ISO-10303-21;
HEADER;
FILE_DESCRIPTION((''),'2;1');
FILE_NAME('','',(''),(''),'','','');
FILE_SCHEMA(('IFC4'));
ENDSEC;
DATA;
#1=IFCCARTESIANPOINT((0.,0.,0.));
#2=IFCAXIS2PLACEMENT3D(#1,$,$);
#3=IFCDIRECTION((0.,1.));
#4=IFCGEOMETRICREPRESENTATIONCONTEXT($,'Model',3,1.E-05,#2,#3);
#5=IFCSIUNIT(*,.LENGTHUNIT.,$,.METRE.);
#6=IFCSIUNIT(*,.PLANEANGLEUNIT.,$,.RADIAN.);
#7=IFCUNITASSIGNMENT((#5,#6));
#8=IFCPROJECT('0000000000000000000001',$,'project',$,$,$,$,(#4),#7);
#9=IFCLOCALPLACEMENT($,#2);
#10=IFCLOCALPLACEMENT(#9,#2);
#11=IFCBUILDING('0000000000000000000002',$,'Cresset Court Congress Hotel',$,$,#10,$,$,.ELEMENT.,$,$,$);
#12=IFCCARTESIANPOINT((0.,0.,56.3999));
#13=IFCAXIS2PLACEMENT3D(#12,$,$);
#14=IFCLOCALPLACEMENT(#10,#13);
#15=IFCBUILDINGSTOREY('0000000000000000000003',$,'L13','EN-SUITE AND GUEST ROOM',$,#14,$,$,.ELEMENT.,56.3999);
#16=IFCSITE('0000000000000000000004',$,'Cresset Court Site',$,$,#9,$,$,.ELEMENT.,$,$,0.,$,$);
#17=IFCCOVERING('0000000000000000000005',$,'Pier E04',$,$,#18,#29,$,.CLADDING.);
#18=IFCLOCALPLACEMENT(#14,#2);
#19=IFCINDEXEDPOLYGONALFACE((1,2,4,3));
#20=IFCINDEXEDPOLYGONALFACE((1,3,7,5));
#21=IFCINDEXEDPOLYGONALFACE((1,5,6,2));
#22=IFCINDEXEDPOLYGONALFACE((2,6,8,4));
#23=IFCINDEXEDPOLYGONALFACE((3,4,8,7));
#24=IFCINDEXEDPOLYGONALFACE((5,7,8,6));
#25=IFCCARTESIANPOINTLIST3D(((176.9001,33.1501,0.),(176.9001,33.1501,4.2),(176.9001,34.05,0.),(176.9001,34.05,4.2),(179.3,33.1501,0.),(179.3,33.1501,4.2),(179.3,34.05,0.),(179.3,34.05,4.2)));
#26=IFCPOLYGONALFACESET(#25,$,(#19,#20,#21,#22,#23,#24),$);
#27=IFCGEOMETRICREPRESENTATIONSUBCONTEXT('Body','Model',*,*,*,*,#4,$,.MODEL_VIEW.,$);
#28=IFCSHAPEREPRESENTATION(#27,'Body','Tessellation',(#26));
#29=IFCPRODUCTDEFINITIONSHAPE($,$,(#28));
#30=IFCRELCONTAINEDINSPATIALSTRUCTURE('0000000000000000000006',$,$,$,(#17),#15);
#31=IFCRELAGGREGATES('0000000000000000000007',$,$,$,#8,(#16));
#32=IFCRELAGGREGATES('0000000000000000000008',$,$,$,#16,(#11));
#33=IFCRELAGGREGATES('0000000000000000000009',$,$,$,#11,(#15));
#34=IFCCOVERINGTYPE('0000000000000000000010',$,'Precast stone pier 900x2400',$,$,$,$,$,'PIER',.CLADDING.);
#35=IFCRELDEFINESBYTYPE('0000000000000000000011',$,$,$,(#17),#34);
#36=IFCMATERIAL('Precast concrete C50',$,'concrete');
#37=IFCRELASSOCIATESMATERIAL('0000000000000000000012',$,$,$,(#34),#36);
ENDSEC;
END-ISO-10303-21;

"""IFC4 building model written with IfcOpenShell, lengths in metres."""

from ifc_helpers import new_model, si_unit, direction, frame, origin, origin_2d, place, context, subcontext, project, spatial, rectangle, extrude, material, type_object, element, save


model = new_model("IFC4")

# Units and contexts
model_context = context("Model", 3, precision=1e-05, world=origin(), true_north=direction((0.0, 1.0)))
body_context = subcontext(model_context, "Body", "Model", "MODEL_VIEW")
ifc_project = project(units=[si_unit("LENGTHUNIT", "METRE"), si_unit("PLANEANGLEUNIT", "RADIAN")], contexts=[model_context])

# Site, building, storey
site_placement = place(None, origin())
site = spatial("IfcSite", under=ifc_project, at=site_placement, Name="Cresset Court Site", CompositionType="ELEMENT", RefElevation=0.0)
building_placement = place(site_placement, origin())
building = spatial("IfcBuilding", under=site, at=building_placement, Name="Cresset Court Congress Hotel", CompositionType="ELEMENT")
storey_placement = place(building_placement, frame((0.0, 0.0, 56.3999)))
storey = spatial("IfcBuildingStorey", under=building, at=storey_placement, Name="L13", Description="EN-SUITE AND GUEST ROOM", CompositionType="ELEMENT", Elevation=56.3999)

# Covering
ifc_material_1 = material(Name="Precast concrete C50", Category="concrete")
covering_type_1 = type_object("IfcCoveringType", Name="Precast stone pier 900x2400", ElementType="PIER", PredefinedType="CLADDING", material=ifc_material_1)
for number, where, z_axis, x_axis, name in (
    (1, (178.1001, 33.6001, 0.0), (0.0, 0.0, 1.0), (1.0, 0.0, 0.0), "Pier E04"),
):
    element("IfcCovering", number, at=place(storey_placement, frame(where, z_axis=z_axis, x_axis=x_axis)), inside=storey, type_object=covering_type_1, Name=name, PredefinedType="CLADDING", context=body_context, shape_type="SweptSolid", body=[
        extrude(rectangle(XDim=2.3999, YDim=0.8999, at=origin_2d()), origin(), (0.0, 0.0, 1.0), 4.2),
    ])

save(model, "model.ifc")
